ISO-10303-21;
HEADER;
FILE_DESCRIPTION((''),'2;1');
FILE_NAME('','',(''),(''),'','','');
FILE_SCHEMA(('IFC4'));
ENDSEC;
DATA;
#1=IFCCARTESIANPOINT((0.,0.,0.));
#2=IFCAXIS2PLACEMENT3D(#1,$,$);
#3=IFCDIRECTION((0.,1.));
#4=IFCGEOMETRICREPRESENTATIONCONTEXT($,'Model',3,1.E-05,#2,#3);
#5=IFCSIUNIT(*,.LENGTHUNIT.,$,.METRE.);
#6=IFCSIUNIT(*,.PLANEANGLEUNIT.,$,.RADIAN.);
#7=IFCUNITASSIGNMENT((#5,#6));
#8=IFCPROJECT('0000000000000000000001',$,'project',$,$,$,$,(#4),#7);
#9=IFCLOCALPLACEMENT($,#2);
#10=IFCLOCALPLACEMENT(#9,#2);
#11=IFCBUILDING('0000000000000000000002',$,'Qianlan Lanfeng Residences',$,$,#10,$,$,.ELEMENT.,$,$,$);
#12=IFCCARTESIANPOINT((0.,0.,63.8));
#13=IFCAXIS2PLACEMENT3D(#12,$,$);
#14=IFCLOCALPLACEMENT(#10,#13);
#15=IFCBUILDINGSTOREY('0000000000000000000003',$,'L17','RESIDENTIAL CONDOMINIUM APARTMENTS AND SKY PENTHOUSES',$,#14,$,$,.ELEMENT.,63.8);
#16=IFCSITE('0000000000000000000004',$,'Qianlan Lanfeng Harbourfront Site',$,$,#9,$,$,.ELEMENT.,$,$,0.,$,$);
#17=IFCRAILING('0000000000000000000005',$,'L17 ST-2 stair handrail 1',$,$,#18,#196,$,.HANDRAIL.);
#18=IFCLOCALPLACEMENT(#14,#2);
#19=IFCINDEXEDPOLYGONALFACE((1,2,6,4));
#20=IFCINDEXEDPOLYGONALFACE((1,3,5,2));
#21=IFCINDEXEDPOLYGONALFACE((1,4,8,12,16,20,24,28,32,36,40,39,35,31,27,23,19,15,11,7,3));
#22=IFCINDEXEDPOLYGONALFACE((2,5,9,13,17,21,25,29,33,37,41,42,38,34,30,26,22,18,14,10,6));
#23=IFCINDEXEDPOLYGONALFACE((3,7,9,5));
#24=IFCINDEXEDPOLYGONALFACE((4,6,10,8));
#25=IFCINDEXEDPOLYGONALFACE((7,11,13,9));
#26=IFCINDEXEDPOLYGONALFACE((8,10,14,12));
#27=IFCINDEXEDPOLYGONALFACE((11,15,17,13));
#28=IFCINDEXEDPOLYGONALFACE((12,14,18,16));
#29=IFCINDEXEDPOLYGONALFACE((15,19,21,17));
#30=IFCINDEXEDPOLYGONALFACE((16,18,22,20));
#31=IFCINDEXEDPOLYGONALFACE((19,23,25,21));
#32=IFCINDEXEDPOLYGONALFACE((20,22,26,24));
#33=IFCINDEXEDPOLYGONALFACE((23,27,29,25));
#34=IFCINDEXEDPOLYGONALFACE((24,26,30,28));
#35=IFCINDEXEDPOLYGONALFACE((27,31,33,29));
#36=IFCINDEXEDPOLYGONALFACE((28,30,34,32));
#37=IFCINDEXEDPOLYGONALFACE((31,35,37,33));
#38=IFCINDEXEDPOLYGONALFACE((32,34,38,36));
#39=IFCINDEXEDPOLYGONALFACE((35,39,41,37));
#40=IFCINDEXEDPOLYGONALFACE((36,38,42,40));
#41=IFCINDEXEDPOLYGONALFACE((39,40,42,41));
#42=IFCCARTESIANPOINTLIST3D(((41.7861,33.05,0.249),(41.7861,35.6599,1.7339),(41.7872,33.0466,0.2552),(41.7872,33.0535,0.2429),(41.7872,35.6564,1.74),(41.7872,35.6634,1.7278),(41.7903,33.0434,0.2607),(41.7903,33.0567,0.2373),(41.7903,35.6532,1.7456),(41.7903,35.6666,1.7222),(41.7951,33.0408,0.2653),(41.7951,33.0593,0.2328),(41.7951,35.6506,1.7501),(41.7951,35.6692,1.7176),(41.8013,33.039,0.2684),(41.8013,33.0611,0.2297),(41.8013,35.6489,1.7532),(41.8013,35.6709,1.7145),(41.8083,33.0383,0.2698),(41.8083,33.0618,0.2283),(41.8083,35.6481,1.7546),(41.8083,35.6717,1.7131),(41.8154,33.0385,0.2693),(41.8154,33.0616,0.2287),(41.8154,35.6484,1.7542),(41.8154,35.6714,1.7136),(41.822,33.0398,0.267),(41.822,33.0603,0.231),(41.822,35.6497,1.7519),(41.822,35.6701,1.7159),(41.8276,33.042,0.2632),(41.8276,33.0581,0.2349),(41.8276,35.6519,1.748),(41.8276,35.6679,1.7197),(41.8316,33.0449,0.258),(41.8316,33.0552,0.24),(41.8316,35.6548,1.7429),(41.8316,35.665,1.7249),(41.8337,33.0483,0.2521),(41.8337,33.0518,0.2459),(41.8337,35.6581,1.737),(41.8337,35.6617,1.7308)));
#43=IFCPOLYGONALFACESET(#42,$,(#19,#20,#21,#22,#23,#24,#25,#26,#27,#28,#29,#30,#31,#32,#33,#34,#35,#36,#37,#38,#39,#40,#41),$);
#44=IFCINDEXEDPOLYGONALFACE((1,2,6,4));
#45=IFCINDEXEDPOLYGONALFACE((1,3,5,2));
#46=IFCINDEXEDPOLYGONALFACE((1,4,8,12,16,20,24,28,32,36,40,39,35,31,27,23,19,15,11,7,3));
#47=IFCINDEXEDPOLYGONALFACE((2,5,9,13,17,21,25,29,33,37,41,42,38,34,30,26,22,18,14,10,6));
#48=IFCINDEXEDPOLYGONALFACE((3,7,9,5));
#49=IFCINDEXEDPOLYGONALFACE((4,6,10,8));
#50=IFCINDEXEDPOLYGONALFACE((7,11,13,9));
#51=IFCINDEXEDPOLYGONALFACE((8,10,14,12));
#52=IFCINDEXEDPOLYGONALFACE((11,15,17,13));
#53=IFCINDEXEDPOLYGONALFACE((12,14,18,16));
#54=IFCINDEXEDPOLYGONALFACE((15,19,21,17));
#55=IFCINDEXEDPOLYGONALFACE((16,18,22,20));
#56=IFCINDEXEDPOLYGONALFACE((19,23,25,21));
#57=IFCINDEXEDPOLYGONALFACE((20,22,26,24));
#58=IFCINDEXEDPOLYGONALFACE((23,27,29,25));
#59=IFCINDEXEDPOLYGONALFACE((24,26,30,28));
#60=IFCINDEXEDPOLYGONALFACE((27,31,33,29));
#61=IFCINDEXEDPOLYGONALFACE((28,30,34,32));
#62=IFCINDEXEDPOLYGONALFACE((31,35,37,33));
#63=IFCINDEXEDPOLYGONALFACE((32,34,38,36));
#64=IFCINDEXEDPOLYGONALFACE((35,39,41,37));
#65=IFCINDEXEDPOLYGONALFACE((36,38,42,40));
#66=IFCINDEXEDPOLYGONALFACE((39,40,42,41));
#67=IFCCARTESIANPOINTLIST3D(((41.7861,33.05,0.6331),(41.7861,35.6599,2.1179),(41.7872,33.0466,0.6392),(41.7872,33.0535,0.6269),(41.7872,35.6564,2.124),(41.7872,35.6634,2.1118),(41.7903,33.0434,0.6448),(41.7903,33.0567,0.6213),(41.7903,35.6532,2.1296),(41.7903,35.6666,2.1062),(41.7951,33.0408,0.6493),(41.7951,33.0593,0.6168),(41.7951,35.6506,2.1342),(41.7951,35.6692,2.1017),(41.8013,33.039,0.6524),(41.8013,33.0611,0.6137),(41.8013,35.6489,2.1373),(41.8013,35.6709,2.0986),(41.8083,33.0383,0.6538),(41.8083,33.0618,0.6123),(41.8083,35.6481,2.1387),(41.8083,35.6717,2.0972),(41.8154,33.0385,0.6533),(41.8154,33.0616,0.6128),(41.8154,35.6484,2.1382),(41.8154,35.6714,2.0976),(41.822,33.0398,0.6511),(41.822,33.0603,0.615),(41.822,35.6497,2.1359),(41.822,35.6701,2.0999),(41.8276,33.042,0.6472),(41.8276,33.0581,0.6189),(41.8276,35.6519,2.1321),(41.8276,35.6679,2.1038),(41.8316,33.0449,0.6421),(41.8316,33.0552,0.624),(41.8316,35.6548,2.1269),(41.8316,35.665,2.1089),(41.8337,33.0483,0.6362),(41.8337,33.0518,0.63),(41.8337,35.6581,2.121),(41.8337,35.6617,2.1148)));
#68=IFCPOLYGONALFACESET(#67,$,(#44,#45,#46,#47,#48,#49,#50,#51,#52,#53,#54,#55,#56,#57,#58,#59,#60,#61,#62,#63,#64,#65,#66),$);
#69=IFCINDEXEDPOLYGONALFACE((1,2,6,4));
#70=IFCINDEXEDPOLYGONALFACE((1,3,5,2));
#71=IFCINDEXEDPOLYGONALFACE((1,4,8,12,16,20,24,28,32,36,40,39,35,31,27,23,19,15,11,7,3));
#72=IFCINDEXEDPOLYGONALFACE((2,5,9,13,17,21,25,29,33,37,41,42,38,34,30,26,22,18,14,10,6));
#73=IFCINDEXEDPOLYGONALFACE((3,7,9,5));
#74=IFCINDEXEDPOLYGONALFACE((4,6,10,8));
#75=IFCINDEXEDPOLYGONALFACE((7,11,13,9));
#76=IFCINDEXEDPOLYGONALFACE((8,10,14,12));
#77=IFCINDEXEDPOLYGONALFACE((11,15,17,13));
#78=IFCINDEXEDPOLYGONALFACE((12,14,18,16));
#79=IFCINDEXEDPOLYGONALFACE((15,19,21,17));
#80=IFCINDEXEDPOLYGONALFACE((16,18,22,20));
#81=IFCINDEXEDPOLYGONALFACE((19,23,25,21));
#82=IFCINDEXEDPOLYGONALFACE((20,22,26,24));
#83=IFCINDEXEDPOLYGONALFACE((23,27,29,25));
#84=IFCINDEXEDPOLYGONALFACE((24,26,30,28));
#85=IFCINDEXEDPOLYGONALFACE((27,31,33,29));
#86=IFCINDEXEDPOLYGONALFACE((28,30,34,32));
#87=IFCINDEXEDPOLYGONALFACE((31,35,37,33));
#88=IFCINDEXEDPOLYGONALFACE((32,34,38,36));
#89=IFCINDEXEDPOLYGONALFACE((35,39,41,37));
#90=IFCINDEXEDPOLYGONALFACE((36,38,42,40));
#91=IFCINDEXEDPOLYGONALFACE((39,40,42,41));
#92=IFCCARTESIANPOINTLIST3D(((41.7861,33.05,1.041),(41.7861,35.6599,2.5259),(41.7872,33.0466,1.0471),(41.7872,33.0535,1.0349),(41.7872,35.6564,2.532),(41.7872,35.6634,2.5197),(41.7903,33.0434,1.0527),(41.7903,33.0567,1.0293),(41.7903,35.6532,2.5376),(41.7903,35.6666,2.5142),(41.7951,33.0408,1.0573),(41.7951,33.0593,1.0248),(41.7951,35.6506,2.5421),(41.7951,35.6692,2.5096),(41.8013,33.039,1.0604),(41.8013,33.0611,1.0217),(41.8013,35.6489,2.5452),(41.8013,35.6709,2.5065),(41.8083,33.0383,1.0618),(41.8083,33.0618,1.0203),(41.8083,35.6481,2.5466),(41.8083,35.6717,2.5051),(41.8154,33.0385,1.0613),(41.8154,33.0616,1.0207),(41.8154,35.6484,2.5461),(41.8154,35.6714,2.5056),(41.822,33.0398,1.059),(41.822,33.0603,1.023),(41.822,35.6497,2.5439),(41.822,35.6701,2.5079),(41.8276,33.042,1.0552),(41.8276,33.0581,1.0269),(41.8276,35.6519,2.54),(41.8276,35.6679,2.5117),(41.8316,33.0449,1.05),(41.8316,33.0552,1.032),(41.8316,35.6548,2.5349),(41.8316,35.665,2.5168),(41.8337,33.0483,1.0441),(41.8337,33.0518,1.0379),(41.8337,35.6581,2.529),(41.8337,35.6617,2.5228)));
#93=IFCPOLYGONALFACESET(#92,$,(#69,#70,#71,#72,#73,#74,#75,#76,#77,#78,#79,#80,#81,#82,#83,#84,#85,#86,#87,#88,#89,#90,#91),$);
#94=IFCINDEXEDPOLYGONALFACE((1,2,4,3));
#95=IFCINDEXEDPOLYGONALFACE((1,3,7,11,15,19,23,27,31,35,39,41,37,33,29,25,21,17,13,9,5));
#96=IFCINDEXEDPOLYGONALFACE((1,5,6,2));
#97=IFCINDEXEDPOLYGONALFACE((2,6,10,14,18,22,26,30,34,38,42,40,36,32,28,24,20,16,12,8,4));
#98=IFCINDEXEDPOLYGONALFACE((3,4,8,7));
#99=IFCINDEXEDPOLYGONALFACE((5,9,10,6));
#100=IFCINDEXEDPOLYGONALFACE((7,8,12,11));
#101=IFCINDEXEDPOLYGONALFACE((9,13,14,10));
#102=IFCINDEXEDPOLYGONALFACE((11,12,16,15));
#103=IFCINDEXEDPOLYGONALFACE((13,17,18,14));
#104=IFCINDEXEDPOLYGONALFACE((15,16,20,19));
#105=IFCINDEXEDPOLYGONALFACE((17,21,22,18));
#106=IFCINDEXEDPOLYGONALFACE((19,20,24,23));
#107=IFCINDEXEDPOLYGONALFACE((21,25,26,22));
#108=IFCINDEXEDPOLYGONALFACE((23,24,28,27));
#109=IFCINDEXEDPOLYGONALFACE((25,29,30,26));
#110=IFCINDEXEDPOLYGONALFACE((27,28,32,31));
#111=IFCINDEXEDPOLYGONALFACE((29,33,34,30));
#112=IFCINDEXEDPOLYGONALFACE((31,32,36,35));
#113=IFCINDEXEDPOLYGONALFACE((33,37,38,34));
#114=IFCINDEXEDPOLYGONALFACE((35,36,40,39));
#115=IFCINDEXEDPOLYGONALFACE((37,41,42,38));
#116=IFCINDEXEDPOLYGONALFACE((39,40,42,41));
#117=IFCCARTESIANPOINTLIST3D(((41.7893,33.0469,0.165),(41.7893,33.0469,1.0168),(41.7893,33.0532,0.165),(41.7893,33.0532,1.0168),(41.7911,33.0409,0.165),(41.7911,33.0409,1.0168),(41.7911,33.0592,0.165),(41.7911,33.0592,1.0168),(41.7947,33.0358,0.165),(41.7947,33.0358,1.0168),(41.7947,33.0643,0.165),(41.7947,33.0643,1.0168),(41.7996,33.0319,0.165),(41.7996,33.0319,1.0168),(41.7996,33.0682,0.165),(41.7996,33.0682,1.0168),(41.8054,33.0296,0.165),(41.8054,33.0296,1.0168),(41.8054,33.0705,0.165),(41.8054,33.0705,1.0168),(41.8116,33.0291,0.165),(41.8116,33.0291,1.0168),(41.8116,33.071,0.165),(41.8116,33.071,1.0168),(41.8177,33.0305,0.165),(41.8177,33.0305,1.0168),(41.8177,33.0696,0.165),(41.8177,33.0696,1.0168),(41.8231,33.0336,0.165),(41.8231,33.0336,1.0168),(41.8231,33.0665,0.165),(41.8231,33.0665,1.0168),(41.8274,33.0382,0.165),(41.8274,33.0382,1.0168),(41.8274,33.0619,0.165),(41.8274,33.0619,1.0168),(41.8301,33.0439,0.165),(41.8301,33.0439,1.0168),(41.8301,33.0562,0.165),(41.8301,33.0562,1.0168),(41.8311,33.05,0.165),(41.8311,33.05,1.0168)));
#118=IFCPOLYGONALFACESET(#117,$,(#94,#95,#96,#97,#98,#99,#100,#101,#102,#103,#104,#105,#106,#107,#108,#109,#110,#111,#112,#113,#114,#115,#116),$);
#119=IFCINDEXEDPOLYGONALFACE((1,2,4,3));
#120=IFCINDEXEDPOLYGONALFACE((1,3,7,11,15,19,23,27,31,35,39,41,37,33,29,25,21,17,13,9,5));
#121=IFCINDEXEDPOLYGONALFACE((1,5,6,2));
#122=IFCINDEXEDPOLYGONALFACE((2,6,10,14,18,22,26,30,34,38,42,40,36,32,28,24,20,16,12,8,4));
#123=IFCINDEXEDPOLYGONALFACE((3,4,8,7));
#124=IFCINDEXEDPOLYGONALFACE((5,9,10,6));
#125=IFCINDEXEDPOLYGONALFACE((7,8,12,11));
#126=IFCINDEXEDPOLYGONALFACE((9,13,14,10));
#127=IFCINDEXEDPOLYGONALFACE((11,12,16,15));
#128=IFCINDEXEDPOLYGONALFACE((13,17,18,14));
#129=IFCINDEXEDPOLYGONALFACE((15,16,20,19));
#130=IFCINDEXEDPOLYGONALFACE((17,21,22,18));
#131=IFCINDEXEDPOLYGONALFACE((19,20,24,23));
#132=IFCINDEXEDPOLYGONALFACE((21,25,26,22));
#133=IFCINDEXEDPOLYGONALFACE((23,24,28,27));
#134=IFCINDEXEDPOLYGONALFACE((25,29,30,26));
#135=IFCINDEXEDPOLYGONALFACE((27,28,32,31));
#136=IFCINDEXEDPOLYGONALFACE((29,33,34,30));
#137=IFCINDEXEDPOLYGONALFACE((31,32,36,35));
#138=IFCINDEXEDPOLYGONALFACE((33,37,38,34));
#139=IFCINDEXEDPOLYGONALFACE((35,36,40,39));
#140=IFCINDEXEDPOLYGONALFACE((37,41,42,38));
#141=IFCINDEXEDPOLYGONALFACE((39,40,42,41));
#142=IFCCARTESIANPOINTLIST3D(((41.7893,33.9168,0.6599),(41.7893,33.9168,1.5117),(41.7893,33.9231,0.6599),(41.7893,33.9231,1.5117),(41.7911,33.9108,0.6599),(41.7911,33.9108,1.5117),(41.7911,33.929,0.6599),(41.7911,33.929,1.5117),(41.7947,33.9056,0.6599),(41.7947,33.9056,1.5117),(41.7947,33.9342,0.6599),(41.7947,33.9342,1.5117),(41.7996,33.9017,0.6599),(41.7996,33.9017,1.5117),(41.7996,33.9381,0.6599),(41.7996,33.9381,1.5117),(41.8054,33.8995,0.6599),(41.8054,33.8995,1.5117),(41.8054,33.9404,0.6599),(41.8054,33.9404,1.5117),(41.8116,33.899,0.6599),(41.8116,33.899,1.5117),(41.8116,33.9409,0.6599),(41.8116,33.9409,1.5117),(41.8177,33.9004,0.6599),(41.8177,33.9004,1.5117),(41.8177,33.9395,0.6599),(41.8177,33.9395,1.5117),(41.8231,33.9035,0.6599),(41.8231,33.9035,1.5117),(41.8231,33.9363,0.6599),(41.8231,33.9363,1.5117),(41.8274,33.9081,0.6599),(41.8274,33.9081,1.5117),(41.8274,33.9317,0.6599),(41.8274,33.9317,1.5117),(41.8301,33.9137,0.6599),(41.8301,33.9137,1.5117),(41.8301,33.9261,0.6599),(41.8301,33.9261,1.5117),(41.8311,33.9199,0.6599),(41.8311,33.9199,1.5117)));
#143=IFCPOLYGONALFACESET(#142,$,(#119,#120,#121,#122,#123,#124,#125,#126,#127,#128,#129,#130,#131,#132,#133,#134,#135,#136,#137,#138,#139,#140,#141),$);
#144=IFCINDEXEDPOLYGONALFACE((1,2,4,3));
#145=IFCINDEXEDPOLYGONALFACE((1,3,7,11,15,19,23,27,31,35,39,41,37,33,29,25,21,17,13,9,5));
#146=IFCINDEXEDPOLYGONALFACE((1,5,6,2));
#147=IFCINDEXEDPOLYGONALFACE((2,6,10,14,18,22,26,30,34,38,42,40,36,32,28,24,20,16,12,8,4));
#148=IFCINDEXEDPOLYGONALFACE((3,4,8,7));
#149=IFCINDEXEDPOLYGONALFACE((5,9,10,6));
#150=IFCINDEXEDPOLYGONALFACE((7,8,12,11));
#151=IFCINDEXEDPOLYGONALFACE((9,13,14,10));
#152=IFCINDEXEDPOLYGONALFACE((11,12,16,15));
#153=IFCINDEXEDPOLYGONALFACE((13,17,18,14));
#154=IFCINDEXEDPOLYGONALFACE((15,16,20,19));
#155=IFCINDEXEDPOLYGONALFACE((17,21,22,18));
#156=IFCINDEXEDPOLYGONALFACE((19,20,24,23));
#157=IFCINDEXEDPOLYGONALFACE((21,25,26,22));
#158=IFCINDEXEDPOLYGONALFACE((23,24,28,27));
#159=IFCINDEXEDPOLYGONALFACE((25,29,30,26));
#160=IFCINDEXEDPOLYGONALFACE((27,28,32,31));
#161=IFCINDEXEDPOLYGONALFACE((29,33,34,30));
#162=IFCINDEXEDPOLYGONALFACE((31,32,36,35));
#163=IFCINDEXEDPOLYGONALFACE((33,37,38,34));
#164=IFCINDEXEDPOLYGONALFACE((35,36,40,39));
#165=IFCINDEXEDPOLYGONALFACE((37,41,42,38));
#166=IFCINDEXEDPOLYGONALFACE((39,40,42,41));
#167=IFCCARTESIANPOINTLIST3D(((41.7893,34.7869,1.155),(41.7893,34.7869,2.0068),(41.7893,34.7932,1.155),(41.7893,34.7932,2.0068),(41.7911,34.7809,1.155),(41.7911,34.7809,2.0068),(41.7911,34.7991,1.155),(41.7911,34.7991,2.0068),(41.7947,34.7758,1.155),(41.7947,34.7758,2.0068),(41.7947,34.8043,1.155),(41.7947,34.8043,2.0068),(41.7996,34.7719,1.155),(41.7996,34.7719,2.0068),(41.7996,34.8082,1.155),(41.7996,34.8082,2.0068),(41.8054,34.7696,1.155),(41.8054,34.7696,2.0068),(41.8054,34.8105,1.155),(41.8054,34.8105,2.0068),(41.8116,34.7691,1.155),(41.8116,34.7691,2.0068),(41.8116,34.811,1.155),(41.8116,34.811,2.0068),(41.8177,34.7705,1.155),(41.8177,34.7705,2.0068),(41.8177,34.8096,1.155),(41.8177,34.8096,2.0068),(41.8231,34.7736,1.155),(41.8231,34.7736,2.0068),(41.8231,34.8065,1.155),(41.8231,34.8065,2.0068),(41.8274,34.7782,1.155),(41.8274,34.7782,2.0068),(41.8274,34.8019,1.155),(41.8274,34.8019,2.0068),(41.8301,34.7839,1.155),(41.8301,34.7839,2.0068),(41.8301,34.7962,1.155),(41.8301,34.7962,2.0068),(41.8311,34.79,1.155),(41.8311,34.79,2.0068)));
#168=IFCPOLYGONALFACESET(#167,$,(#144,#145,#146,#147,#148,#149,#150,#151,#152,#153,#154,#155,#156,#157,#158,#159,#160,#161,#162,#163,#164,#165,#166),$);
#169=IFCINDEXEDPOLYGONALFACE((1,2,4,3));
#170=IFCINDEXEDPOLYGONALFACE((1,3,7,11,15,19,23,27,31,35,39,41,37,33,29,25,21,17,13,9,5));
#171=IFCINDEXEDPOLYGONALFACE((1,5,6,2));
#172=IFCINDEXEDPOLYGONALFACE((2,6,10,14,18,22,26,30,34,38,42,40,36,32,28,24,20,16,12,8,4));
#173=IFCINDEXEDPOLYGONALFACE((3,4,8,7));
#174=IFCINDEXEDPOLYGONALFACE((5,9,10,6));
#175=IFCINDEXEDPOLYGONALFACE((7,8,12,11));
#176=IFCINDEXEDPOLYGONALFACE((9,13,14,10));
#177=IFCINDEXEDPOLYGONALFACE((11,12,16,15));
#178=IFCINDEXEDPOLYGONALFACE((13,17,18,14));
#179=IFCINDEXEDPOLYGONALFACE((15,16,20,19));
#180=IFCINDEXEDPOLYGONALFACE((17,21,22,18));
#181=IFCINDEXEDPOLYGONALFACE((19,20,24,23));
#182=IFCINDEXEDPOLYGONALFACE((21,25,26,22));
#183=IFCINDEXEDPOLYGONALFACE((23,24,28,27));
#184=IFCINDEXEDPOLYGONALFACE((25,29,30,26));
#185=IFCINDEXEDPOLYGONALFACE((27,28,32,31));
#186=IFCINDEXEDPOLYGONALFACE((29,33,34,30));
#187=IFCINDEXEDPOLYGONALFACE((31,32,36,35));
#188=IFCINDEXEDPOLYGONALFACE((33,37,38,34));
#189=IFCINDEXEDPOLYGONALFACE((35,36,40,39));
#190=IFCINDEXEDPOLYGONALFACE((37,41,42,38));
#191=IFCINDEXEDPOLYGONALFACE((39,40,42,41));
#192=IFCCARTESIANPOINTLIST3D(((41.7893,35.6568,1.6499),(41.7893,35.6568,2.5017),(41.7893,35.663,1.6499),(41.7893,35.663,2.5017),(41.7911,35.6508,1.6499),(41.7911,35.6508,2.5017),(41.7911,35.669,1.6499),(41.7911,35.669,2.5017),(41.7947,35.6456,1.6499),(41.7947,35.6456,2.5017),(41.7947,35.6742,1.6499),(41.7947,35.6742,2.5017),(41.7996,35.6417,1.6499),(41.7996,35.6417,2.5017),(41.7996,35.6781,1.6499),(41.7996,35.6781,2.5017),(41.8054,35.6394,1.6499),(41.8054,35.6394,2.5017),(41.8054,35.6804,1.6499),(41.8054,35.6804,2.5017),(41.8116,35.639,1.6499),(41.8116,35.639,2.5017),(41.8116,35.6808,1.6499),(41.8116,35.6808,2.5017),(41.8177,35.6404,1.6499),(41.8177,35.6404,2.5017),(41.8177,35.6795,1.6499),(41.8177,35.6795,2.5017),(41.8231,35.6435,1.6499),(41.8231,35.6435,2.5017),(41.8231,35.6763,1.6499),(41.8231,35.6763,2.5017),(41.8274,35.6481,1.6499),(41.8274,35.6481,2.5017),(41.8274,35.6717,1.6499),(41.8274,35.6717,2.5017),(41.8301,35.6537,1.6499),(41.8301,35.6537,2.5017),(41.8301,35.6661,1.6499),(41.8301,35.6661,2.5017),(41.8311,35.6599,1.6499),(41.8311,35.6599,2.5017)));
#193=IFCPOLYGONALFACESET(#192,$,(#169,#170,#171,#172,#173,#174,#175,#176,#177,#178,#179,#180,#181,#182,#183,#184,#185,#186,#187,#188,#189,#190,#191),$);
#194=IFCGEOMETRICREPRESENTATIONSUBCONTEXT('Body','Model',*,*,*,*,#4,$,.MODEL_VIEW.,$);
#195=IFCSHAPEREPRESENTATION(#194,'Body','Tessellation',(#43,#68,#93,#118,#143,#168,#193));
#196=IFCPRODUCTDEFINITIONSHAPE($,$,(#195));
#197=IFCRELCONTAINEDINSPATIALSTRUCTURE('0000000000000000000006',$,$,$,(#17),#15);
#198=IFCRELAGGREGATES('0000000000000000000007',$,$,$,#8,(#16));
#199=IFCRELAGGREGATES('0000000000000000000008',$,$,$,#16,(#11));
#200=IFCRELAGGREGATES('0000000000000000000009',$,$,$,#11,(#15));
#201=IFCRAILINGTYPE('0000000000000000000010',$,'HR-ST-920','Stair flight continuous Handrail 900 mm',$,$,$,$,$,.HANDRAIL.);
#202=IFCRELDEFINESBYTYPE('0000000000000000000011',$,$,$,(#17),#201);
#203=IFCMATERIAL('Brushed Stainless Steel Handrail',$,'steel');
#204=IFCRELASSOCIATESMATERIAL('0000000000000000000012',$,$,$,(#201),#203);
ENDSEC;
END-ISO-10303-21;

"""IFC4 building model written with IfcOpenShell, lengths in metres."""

from ifc_helpers import new_model, si_unit, direction, frame, origin, origin_2d, place, context, subcontext, project, spatial, circle, extrude, material, type_object, element, save


model = new_model("IFC4")

# Units and contexts
model_context = context("Model", 3, precision=1e-05, world=origin(), true_north=direction((0.0, 1.0)))
body_context = subcontext(model_context, "Body", "Model", "MODEL_VIEW")
ifc_project = project(units=[si_unit("LENGTHUNIT", "METRE"), si_unit("PLANEANGLEUNIT", "RADIAN")], contexts=[model_context])

# Site, building, storey
site_placement = place(None, origin())
site = spatial("IfcSite", under=ifc_project, at=site_placement, Name="Qianlan Lanfeng Harbourfront Site", CompositionType="ELEMENT", RefElevation=0.0)
building_placement = place(site_placement, origin())
building = spatial("IfcBuilding", under=site, at=building_placement, Name="Qianlan Lanfeng Residences", CompositionType="ELEMENT")
storey_placement = place(building_placement, frame((0.0, 0.0, 63.8)))
storey = spatial("IfcBuildingStorey", under=building, at=storey_placement, Name="L17", Description="RESIDENTIAL CONDOMINIUM APARTMENTS AND SKY PENTHOUSES", CompositionType="ELEMENT", Elevation=63.8)

# Railing
ifc_material_1 = material(Name="Brushed Stainless Steel Handrail", Category="steel")
railing_type_1 = type_object("IfcRailingType", Name="HR-ST-920", Description="Stair flight continuous Handrail 900 mm", PredefinedType="HANDRAIL", material=ifc_material_1)
railing_1_placement = place(storey_placement, frame((41.8101, 33.05, 0.165)))
element("IfcRailing", 1, at=railing_1_placement, inside=storey, type_object=railing_type_1, Name="L17 ST-2 stair handrail 1", PredefinedType="HANDRAIL", context=body_context, shape_type="SweptSolid", body=[
    extrude(circle(Radius=0.0239, at=origin_2d()), frame((0.0, 0.0, 0.084), z_axis=(0.0, 0.869172, 0.494509), x_axis=(-1.0, 0.0, 0.0)), (0.0, 0.0, 1.0), 3.0027),
    extrude(circle(Radius=0.0239, at=origin_2d()), frame((0.0, 0.0, 0.468), z_axis=(0.0, 0.869172, 0.494509), x_axis=(-1.0, 0.0, 0.0)), (0.0, 0.0, 1.0), 3.0027),
    extrude(circle(Radius=0.0239, at=origin_2d()), frame((0.0, 0.0, 0.876), z_axis=(0.0, 0.869172, 0.494509), x_axis=(-1.0, 0.0, 0.0)), (0.0, 0.0, 1.0), 3.0027),
    extrude(circle(Radius=0.021, at=origin_2d()), origin(), (0.0, 0.0, 1.0), 0.8518),
    extrude(circle(Radius=0.021, at=origin_2d()), frame((0.0, 0.8699, 0.4949)), (0.0, 0.0, 1.0), 0.8518),
    extrude(circle(Radius=0.021, at=origin_2d()), frame((0.0, 1.74, 0.99)), (0.0, 0.0, 1.0), 0.8518),
    extrude(circle(Radius=0.021, at=origin_2d()), frame((0.0, 2.6099, 1.4849)), (0.0, 0.0, 1.0), 0.8518),
])

save(model, "model.ifc")
